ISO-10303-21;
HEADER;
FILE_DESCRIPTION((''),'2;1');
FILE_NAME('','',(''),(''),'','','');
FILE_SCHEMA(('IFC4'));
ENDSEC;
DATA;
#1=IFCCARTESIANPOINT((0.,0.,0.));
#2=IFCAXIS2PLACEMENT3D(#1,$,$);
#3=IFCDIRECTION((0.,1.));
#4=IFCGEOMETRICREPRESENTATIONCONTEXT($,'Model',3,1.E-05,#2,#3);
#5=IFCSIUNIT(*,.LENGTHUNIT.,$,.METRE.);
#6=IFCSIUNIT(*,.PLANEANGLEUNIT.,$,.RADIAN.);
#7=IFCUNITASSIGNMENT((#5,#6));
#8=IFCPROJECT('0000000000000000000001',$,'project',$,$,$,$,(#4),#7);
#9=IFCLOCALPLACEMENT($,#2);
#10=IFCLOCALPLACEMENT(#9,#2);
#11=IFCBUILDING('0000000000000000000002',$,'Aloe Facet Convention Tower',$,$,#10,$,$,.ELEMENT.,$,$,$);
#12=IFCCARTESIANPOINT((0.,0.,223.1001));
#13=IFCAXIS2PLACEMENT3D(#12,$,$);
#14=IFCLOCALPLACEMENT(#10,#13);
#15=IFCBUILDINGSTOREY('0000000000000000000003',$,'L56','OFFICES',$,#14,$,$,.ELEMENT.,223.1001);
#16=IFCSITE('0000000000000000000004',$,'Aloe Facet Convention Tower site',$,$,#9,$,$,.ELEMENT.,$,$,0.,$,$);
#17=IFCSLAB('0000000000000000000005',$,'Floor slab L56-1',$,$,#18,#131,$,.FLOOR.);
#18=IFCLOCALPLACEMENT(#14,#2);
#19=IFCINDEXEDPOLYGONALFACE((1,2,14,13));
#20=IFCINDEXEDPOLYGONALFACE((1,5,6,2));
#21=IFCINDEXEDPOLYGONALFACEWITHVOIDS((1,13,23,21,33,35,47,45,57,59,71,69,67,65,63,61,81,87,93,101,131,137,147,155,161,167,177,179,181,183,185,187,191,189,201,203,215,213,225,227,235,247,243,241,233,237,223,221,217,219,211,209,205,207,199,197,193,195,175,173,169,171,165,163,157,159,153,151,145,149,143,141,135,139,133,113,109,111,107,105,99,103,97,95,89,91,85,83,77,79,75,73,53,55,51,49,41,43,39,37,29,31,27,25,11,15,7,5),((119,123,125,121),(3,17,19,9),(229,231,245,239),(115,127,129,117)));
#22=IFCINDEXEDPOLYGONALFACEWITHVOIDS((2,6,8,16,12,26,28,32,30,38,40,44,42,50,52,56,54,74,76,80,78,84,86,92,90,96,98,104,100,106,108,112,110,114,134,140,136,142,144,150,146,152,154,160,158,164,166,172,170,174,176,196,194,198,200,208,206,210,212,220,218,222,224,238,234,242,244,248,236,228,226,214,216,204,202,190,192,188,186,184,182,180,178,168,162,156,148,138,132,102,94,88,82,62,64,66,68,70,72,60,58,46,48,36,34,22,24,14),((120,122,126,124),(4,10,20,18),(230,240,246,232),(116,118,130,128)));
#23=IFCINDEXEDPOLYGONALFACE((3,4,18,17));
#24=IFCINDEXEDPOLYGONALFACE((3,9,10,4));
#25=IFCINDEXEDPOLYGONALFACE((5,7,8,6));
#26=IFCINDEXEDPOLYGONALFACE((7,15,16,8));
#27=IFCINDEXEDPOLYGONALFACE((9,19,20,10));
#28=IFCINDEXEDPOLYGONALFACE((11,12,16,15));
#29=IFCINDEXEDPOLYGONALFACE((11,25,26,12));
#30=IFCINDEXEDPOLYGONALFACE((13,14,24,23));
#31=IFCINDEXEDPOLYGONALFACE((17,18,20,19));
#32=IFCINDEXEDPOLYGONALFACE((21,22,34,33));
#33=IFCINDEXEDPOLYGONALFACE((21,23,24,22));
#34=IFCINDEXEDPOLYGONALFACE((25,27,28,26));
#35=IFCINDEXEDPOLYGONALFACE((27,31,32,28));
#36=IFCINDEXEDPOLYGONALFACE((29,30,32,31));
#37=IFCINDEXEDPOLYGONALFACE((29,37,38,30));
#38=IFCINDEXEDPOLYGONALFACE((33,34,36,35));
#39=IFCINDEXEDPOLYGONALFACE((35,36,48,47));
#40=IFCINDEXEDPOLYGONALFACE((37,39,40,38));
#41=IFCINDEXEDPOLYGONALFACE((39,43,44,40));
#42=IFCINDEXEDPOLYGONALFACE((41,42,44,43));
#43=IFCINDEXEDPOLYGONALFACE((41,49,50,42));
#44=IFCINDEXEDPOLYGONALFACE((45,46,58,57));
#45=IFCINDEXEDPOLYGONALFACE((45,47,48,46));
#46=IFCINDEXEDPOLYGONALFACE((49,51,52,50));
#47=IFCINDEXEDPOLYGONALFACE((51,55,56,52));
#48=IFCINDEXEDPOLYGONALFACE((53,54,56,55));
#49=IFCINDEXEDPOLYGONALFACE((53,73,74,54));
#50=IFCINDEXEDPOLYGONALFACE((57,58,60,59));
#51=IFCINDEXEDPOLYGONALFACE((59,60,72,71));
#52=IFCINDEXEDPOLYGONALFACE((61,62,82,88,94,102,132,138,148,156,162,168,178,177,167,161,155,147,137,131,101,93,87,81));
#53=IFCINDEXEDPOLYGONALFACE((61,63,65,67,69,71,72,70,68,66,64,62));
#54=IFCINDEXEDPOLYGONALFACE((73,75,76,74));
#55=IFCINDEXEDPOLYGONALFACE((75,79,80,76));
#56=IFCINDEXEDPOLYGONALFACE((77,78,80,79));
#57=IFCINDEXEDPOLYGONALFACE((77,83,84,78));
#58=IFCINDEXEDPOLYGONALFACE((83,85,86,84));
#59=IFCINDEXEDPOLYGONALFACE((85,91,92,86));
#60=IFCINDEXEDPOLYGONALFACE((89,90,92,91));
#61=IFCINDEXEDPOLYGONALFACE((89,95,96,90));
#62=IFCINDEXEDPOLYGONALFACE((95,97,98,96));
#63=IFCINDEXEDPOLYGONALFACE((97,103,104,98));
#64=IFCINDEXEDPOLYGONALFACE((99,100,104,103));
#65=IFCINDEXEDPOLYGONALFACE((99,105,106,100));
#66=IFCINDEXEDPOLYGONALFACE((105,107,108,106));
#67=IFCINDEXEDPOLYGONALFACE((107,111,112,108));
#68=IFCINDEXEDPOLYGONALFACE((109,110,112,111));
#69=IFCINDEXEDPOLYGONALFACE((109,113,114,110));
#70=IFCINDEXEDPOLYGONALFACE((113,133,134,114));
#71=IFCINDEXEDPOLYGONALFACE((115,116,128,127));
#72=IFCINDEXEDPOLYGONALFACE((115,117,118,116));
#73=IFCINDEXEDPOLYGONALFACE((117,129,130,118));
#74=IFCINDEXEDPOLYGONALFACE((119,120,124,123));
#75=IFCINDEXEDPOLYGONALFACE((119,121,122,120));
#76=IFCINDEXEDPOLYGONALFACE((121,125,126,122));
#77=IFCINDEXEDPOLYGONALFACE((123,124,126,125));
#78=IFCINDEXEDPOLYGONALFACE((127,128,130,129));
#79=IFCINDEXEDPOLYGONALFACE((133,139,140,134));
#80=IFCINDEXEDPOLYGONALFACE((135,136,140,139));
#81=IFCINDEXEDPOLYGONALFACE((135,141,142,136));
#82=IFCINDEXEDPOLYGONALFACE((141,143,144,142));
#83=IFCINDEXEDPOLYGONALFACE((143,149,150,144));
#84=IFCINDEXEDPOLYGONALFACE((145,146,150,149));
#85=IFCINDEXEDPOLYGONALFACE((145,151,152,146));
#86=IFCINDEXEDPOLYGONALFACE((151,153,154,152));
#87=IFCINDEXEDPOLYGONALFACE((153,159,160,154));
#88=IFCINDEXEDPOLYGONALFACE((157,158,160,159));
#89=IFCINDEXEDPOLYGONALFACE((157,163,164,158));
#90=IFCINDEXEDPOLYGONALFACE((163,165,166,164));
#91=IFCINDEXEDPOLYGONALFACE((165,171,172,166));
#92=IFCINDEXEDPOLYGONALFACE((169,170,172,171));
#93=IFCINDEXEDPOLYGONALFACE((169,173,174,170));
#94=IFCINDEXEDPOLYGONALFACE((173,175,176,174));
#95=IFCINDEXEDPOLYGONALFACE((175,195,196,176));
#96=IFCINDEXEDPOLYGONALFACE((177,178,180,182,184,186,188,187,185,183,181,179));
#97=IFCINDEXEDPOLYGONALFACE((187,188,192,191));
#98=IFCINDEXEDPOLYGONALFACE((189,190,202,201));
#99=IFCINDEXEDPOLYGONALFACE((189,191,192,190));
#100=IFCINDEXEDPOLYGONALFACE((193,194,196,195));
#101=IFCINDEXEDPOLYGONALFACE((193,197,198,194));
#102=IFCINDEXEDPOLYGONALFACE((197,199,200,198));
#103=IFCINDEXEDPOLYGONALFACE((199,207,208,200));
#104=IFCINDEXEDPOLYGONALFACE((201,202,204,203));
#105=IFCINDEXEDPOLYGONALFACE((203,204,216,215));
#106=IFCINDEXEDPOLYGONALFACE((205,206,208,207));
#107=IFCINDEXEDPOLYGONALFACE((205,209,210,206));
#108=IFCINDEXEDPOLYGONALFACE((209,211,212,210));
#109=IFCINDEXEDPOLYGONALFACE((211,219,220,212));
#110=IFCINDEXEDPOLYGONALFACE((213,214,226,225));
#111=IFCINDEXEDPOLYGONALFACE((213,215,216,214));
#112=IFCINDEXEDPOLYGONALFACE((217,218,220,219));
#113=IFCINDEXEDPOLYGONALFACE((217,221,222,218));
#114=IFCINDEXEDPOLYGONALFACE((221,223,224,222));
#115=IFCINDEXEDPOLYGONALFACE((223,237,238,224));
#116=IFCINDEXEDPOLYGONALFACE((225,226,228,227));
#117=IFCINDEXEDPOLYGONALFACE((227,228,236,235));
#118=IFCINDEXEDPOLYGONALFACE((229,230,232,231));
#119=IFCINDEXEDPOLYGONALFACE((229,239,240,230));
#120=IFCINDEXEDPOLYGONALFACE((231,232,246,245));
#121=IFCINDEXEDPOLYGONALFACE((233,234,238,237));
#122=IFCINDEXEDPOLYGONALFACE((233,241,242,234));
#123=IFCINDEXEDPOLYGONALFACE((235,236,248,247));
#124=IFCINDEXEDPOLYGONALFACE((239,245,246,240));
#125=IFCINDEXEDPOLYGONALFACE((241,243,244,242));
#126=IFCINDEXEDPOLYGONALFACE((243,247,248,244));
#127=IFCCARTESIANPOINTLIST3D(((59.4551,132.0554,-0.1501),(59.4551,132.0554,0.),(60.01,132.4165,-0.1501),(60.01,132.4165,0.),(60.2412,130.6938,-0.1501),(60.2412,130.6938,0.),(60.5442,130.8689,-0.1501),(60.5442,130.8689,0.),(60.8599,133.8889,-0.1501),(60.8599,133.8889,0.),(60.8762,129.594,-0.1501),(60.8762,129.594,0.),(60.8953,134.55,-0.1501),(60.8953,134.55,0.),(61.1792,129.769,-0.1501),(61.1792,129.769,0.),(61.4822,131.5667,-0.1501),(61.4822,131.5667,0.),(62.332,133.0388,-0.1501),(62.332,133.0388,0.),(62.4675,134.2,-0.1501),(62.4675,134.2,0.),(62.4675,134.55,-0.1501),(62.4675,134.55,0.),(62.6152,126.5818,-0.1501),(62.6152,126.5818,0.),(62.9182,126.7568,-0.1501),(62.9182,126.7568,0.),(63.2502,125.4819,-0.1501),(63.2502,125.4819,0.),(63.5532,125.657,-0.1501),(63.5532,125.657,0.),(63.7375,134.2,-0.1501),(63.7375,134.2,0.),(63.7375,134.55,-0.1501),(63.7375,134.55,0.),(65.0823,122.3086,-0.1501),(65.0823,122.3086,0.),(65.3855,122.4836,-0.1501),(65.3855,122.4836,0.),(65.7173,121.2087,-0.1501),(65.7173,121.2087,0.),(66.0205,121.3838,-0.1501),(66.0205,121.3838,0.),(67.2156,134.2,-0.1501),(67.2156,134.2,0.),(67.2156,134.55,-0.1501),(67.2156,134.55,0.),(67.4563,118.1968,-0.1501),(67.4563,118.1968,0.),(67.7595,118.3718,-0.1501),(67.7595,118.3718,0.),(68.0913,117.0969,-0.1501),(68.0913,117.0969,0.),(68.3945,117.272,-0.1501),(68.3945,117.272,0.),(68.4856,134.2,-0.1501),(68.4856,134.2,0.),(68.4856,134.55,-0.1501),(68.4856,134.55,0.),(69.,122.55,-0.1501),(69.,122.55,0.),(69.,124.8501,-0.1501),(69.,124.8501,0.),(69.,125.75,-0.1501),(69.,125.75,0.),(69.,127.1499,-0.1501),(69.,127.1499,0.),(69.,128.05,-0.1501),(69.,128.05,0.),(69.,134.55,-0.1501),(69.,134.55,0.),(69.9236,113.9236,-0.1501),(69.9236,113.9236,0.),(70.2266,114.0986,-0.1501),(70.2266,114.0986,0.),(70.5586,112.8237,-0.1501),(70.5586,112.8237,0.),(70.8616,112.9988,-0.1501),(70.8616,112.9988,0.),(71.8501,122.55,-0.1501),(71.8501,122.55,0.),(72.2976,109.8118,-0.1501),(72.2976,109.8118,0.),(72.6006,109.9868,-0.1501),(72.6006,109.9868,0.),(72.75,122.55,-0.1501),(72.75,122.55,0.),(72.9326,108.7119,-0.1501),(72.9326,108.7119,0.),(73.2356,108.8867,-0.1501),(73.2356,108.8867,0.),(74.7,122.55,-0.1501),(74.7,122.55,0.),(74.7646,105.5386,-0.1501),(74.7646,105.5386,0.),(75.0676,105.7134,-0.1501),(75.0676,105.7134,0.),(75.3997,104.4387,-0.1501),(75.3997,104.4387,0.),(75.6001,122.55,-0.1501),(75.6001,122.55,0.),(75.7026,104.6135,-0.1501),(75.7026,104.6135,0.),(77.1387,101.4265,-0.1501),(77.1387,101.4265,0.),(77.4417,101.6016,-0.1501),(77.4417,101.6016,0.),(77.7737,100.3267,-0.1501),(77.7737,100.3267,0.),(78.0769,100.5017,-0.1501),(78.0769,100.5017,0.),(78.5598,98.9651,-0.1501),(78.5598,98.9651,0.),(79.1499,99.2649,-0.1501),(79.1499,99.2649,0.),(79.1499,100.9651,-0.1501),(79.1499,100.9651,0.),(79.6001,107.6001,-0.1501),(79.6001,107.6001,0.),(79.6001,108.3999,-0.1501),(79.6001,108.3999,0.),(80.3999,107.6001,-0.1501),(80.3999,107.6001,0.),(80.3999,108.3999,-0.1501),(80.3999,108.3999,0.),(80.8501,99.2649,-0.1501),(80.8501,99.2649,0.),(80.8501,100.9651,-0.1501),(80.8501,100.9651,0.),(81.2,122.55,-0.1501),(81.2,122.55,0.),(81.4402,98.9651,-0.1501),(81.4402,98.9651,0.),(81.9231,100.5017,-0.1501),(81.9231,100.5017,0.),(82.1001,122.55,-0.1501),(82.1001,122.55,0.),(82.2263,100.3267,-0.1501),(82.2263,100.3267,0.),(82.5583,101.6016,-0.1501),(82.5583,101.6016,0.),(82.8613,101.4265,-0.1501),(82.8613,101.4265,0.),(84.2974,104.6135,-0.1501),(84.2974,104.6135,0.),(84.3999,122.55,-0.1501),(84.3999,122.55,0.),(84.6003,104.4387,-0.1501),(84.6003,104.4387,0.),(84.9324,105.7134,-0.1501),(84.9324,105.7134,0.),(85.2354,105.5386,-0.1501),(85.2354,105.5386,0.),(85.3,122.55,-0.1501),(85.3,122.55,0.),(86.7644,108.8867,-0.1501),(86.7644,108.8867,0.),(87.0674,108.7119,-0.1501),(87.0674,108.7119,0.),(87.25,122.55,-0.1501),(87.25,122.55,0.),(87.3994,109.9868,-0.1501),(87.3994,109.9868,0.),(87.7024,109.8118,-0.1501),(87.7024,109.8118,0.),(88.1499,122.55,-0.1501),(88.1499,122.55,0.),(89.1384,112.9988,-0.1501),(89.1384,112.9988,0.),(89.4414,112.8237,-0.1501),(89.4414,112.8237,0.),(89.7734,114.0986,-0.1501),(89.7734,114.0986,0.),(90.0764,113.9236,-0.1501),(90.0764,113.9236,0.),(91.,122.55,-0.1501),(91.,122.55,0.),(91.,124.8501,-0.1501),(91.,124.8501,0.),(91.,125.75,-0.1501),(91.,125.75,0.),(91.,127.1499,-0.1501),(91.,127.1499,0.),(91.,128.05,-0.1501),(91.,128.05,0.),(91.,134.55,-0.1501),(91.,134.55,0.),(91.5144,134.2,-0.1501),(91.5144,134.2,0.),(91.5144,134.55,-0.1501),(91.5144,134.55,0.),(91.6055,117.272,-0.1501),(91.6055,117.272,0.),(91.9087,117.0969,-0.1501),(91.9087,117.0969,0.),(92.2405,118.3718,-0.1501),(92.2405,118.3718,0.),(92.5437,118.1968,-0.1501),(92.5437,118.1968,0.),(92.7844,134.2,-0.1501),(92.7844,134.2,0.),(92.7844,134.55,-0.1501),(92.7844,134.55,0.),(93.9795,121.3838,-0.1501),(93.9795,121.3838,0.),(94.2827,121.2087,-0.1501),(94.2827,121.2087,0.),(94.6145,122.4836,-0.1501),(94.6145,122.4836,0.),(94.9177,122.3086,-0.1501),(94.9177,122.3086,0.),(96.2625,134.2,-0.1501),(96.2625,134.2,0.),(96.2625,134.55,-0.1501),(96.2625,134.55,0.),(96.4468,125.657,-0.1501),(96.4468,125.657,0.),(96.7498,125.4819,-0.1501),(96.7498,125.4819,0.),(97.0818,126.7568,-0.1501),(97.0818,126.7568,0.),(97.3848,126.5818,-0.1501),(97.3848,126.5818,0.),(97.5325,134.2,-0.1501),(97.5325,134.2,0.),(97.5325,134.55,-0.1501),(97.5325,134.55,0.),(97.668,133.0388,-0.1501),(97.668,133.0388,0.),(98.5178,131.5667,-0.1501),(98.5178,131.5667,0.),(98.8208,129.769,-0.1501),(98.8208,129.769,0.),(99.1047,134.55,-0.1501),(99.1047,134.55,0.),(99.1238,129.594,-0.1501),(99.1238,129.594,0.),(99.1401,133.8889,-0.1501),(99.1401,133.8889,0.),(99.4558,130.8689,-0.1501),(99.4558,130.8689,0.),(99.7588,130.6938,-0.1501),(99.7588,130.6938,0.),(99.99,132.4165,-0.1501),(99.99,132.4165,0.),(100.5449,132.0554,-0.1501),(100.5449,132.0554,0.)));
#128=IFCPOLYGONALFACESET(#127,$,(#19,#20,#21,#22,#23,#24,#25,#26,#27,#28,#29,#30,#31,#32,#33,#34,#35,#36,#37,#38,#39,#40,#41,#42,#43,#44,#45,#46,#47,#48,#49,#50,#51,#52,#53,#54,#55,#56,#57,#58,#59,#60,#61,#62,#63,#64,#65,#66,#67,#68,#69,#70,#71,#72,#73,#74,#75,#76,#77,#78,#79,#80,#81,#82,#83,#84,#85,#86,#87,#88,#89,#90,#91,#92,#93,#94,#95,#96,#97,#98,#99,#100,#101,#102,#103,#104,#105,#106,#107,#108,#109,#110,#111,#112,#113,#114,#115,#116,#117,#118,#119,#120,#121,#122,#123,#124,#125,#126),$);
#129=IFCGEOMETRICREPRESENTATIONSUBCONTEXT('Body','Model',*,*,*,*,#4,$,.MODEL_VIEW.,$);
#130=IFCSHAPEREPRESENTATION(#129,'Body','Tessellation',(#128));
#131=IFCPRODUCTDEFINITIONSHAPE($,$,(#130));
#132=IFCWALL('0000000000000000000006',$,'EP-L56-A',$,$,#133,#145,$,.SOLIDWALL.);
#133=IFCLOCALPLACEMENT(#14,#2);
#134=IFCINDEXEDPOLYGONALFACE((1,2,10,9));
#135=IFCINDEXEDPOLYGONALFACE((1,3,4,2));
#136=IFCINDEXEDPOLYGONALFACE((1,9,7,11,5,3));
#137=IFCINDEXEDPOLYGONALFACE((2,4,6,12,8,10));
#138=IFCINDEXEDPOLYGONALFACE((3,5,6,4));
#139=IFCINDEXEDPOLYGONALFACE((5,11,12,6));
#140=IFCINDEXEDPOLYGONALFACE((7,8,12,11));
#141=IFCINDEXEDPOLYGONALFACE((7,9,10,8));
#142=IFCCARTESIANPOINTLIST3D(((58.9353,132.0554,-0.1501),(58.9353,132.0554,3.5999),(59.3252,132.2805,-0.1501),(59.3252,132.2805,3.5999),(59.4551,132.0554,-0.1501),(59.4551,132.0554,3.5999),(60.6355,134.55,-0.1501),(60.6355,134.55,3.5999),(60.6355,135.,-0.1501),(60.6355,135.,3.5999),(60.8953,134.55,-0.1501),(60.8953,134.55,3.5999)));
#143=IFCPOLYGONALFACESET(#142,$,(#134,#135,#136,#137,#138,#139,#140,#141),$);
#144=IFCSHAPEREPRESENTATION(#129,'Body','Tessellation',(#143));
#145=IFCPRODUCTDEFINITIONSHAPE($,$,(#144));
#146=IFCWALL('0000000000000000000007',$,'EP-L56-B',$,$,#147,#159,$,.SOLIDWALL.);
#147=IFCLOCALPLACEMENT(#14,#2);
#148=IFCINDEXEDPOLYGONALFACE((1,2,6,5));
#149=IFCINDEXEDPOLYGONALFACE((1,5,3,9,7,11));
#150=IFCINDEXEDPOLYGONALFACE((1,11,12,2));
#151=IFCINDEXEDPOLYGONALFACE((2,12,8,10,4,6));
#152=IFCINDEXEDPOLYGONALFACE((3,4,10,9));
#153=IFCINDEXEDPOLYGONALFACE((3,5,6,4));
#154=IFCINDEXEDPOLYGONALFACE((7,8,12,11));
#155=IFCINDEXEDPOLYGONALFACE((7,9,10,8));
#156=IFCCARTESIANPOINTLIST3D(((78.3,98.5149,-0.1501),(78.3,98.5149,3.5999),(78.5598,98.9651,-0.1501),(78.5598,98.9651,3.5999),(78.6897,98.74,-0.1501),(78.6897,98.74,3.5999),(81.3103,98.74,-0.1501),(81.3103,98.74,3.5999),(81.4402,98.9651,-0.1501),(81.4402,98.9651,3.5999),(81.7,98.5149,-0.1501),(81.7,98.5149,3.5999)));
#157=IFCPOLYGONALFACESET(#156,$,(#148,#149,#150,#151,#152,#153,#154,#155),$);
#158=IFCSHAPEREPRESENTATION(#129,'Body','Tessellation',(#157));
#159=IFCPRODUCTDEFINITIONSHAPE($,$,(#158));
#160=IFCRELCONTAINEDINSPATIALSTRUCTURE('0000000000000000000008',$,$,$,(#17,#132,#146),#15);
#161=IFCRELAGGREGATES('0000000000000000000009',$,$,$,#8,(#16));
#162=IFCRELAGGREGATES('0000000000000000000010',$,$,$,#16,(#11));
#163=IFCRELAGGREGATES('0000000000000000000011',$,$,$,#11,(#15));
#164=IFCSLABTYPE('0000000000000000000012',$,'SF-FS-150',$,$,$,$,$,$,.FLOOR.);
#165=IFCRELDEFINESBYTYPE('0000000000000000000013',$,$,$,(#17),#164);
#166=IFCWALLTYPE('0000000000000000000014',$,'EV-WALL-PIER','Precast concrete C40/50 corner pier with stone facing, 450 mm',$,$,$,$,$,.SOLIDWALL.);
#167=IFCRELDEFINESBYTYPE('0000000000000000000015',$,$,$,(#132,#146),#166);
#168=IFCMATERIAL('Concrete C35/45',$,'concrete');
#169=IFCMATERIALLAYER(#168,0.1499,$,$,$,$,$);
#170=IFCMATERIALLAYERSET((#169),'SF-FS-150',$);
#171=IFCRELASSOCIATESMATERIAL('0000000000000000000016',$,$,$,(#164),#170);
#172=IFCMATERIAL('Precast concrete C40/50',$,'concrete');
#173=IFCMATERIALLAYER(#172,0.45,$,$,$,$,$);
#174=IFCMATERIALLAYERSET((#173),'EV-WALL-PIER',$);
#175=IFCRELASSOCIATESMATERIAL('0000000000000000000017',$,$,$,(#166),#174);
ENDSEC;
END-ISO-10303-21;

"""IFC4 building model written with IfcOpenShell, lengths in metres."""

from ifc_helpers import new_model, si_unit, direction, frame, origin, place, context, subcontext, project, spatial, polyline, outline, extrude, material, layer, layer_set, type_object, element, save


model = new_model("IFC4")

# Units and contexts
model_context = context("Model", 3, precision=1e-05, world=origin(), true_north=direction((0.0, 1.0)))
body_context = subcontext(model_context, "Body", "Model", "MODEL_VIEW")
ifc_project = project(units=[si_unit("LENGTHUNIT", "METRE"), si_unit("PLANEANGLEUNIT", "RADIAN")], contexts=[model_context])

# Site, building, storey
site_placement = place(None, origin())
site = spatial("IfcSite", under=ifc_project, at=site_placement, Name="Aloe Facet Convention Tower site", CompositionType="ELEMENT", RefElevation=0.0)
building_placement = place(site_placement, origin())
building = spatial("IfcBuilding", under=site, at=building_placement, Name="Aloe Facet Convention Tower", CompositionType="ELEMENT")
storey_placement = place(building_placement, frame((0.0, 0.0, 223.1001)))
storey = spatial("IfcBuildingStorey", under=building, at=storey_placement, Name="L56", Description="OFFICES", CompositionType="ELEMENT", Elevation=223.1001)

# Slab
ifc_material_1 = material(Name="Concrete C35/45", Category="concrete")
ifc_layer_1 = layer(ifc_material_1, 0.1499)
ifc_layer_set_1 = layer_set([ifc_layer_1], Name="SF-FS-150")
slab_type_1 = type_object("IfcSlabType", Name="SF-FS-150", PredefinedType="FLOOR", material=ifc_layer_set_1)
slab_1_placement = place(storey_placement, frame((0.0, 0.0, -0.1501)))
element("IfcSlab", 1, at=slab_1_placement, inside=storey, type_object=slab_type_1, Name="Floor slab L56-1", PredefinedType="FLOOR", context=body_context, shape_type="SweptSolid", body=[
    extrude(outline(polyline([(100.5449, 132.0554), (99.7588, 130.6938), (99.4558, 130.8689), (98.8208, 129.769), (99.1238, 129.594), (97.3848, 126.5818), (97.0818, 126.7568), (96.4468, 125.657), (96.7498, 125.4819), (94.9177, 122.3086), (94.6145, 122.4836), (93.9795, 121.3838), (94.2827, 121.2087), (92.5437, 118.1968), (92.2405, 118.3718), (91.6055, 117.272), (91.9087, 117.0969), (90.0764, 113.9236), (89.7734, 114.0986), (89.1384, 112.9988), (89.4414, 112.8237), (87.7024, 109.8118), (87.3994, 109.9868), (86.7644, 108.8867), (87.0674, 108.7119), (85.2354, 105.5386), (84.9324, 105.7134), (84.2974, 104.6135), (84.6003, 104.4387), (82.8613, 101.4265), (82.5583, 101.6016), (81.9231, 100.5017), (82.2263, 100.3267), (81.4402, 98.9651), (78.5598, 98.9651), (77.7737, 100.3267), (78.0769, 100.5017), (77.4417, 101.6016), (77.1387, 101.4265), (75.3997, 104.4387), (75.7026, 104.6135), (75.0676, 105.7134), (74.7646, 105.5386), (72.9326, 108.7119), (73.2356, 108.8867), (72.6006, 109.9868), (72.2976, 109.8118), (70.5586, 112.8237), (70.8616, 112.9988), (70.2266, 114.0986), (69.9236, 113.9236), (68.0913, 117.0969), (68.3945, 117.272), (67.7595, 118.3718), (67.4563, 118.1968), (65.7173, 121.2087), (66.0205, 121.3838), (65.3855, 122.4836), (65.0823, 122.3086), (63.2502, 125.4819), (63.5532, 125.657), (62.9182, 126.7568), (62.6152, 126.5818), (60.8762, 129.594), (61.1792, 129.769), (60.5442, 130.8689), (60.2412, 130.6938), (59.4551, 132.0554), (60.8953, 134.55), (62.4675, 134.55), (62.4675, 134.2), (63.7375, 134.2), (63.7375, 134.55), (67.2156, 134.55), (67.2156, 134.2), (68.4856, 134.2), (68.4856, 134.55), (69.0, 134.55), (69.0, 128.05), (69.0, 127.1499), (69.0, 125.75), (69.0, 124.8501), (69.0, 122.55), (71.8501, 122.55), (72.75, 122.55), (74.7, 122.55), (75.6001, 122.55), (81.2, 122.55), (82.1001, 122.55), (84.3999, 122.55), (85.3, 122.55), (87.25, 122.55), (88.1499, 122.55), (91.0, 122.55), (91.0, 124.8501), (91.0, 125.75), (91.0, 127.1499), (91.0, 128.05), (91.0, 134.55), (91.5144, 134.55), (91.5144, 134.2), (92.7844, 134.2), (92.7844, 134.55), (96.2625, 134.55), (96.2625, 134.2), (97.5325, 134.2), (97.5325, 134.55), (99.1047, 134.55), (100.5449, 132.0554)]), holes=[polyline([(80.8501, 99.2649), (80.8501, 100.9651), (79.1499, 100.9651), (79.1499, 99.2649), (80.8501, 99.2649)]), polyline([(60.8599, 133.8889), (60.01, 132.4165), (61.4822, 131.5667), (62.332, 133.0388), (60.8599, 133.8889)]), polyline([(80.3999, 107.6001), (80.3999, 108.3999), (79.6001, 108.3999), (79.6001, 107.6001), (80.3999, 107.6001)]), polyline([(99.99, 132.4165), (99.1401, 133.8889), (97.668, 133.0388), (98.5178, 131.5667), (99.99, 132.4165)])]), origin(), (0.0, 0.0, 1.0), 0.1501),
])

# Walls
ifc_material_2 = material(Name="Precast concrete C40/50", Category="concrete")
ifc_layer_2 = layer(ifc_material_2, 0.45)
ifc_layer_set_2 = layer_set([ifc_layer_2], Name="EV-WALL-PIER")
wall_type_1 = type_object("IfcWallType", Name="EV-WALL-PIER", Description="Precast concrete C40/50 corner pier with stone facing, 450 mm", PredefinedType="SOLIDWALL", material=ifc_layer_set_2)
wall_1_placement = place(storey_placement, frame((0.0, 0.0, -0.1501)))
element("IfcWall", 2, at=wall_1_placement, inside=storey, type_object=wall_type_1, Name="EP-L56-A", PredefinedType="SOLIDWALL", context=body_context, shape_type="SweptSolid", body=[
    extrude(outline(polyline([(60.6355, 135.0), (60.6355, 134.55), (60.8953, 134.55), (59.4551, 132.0554), (59.3252, 132.2805), (58.9353, 132.0554), (60.6355, 135.0)])), origin(), (0.0, 0.0, 1.0), 3.75),
])
wall_2_placement = place(storey_placement, frame((0.0, 0.0, -0.1501)))
element("IfcWall", 3, at=wall_2_placement, inside=storey, type_object=wall_type_1, Name="EP-L56-B", PredefinedType="SOLIDWALL", context=body_context, shape_type="SweptSolid", body=[
    extrude(outline(polyline([(78.3, 98.5149), (78.6897, 98.74), (78.5598, 98.9651), (81.4402, 98.9651), (81.3103, 98.74), (81.7, 98.5149), (78.3, 98.5149)])), origin(), (0.0, 0.0, 1.0), 3.75),
])

save(model, "model.ifc")
